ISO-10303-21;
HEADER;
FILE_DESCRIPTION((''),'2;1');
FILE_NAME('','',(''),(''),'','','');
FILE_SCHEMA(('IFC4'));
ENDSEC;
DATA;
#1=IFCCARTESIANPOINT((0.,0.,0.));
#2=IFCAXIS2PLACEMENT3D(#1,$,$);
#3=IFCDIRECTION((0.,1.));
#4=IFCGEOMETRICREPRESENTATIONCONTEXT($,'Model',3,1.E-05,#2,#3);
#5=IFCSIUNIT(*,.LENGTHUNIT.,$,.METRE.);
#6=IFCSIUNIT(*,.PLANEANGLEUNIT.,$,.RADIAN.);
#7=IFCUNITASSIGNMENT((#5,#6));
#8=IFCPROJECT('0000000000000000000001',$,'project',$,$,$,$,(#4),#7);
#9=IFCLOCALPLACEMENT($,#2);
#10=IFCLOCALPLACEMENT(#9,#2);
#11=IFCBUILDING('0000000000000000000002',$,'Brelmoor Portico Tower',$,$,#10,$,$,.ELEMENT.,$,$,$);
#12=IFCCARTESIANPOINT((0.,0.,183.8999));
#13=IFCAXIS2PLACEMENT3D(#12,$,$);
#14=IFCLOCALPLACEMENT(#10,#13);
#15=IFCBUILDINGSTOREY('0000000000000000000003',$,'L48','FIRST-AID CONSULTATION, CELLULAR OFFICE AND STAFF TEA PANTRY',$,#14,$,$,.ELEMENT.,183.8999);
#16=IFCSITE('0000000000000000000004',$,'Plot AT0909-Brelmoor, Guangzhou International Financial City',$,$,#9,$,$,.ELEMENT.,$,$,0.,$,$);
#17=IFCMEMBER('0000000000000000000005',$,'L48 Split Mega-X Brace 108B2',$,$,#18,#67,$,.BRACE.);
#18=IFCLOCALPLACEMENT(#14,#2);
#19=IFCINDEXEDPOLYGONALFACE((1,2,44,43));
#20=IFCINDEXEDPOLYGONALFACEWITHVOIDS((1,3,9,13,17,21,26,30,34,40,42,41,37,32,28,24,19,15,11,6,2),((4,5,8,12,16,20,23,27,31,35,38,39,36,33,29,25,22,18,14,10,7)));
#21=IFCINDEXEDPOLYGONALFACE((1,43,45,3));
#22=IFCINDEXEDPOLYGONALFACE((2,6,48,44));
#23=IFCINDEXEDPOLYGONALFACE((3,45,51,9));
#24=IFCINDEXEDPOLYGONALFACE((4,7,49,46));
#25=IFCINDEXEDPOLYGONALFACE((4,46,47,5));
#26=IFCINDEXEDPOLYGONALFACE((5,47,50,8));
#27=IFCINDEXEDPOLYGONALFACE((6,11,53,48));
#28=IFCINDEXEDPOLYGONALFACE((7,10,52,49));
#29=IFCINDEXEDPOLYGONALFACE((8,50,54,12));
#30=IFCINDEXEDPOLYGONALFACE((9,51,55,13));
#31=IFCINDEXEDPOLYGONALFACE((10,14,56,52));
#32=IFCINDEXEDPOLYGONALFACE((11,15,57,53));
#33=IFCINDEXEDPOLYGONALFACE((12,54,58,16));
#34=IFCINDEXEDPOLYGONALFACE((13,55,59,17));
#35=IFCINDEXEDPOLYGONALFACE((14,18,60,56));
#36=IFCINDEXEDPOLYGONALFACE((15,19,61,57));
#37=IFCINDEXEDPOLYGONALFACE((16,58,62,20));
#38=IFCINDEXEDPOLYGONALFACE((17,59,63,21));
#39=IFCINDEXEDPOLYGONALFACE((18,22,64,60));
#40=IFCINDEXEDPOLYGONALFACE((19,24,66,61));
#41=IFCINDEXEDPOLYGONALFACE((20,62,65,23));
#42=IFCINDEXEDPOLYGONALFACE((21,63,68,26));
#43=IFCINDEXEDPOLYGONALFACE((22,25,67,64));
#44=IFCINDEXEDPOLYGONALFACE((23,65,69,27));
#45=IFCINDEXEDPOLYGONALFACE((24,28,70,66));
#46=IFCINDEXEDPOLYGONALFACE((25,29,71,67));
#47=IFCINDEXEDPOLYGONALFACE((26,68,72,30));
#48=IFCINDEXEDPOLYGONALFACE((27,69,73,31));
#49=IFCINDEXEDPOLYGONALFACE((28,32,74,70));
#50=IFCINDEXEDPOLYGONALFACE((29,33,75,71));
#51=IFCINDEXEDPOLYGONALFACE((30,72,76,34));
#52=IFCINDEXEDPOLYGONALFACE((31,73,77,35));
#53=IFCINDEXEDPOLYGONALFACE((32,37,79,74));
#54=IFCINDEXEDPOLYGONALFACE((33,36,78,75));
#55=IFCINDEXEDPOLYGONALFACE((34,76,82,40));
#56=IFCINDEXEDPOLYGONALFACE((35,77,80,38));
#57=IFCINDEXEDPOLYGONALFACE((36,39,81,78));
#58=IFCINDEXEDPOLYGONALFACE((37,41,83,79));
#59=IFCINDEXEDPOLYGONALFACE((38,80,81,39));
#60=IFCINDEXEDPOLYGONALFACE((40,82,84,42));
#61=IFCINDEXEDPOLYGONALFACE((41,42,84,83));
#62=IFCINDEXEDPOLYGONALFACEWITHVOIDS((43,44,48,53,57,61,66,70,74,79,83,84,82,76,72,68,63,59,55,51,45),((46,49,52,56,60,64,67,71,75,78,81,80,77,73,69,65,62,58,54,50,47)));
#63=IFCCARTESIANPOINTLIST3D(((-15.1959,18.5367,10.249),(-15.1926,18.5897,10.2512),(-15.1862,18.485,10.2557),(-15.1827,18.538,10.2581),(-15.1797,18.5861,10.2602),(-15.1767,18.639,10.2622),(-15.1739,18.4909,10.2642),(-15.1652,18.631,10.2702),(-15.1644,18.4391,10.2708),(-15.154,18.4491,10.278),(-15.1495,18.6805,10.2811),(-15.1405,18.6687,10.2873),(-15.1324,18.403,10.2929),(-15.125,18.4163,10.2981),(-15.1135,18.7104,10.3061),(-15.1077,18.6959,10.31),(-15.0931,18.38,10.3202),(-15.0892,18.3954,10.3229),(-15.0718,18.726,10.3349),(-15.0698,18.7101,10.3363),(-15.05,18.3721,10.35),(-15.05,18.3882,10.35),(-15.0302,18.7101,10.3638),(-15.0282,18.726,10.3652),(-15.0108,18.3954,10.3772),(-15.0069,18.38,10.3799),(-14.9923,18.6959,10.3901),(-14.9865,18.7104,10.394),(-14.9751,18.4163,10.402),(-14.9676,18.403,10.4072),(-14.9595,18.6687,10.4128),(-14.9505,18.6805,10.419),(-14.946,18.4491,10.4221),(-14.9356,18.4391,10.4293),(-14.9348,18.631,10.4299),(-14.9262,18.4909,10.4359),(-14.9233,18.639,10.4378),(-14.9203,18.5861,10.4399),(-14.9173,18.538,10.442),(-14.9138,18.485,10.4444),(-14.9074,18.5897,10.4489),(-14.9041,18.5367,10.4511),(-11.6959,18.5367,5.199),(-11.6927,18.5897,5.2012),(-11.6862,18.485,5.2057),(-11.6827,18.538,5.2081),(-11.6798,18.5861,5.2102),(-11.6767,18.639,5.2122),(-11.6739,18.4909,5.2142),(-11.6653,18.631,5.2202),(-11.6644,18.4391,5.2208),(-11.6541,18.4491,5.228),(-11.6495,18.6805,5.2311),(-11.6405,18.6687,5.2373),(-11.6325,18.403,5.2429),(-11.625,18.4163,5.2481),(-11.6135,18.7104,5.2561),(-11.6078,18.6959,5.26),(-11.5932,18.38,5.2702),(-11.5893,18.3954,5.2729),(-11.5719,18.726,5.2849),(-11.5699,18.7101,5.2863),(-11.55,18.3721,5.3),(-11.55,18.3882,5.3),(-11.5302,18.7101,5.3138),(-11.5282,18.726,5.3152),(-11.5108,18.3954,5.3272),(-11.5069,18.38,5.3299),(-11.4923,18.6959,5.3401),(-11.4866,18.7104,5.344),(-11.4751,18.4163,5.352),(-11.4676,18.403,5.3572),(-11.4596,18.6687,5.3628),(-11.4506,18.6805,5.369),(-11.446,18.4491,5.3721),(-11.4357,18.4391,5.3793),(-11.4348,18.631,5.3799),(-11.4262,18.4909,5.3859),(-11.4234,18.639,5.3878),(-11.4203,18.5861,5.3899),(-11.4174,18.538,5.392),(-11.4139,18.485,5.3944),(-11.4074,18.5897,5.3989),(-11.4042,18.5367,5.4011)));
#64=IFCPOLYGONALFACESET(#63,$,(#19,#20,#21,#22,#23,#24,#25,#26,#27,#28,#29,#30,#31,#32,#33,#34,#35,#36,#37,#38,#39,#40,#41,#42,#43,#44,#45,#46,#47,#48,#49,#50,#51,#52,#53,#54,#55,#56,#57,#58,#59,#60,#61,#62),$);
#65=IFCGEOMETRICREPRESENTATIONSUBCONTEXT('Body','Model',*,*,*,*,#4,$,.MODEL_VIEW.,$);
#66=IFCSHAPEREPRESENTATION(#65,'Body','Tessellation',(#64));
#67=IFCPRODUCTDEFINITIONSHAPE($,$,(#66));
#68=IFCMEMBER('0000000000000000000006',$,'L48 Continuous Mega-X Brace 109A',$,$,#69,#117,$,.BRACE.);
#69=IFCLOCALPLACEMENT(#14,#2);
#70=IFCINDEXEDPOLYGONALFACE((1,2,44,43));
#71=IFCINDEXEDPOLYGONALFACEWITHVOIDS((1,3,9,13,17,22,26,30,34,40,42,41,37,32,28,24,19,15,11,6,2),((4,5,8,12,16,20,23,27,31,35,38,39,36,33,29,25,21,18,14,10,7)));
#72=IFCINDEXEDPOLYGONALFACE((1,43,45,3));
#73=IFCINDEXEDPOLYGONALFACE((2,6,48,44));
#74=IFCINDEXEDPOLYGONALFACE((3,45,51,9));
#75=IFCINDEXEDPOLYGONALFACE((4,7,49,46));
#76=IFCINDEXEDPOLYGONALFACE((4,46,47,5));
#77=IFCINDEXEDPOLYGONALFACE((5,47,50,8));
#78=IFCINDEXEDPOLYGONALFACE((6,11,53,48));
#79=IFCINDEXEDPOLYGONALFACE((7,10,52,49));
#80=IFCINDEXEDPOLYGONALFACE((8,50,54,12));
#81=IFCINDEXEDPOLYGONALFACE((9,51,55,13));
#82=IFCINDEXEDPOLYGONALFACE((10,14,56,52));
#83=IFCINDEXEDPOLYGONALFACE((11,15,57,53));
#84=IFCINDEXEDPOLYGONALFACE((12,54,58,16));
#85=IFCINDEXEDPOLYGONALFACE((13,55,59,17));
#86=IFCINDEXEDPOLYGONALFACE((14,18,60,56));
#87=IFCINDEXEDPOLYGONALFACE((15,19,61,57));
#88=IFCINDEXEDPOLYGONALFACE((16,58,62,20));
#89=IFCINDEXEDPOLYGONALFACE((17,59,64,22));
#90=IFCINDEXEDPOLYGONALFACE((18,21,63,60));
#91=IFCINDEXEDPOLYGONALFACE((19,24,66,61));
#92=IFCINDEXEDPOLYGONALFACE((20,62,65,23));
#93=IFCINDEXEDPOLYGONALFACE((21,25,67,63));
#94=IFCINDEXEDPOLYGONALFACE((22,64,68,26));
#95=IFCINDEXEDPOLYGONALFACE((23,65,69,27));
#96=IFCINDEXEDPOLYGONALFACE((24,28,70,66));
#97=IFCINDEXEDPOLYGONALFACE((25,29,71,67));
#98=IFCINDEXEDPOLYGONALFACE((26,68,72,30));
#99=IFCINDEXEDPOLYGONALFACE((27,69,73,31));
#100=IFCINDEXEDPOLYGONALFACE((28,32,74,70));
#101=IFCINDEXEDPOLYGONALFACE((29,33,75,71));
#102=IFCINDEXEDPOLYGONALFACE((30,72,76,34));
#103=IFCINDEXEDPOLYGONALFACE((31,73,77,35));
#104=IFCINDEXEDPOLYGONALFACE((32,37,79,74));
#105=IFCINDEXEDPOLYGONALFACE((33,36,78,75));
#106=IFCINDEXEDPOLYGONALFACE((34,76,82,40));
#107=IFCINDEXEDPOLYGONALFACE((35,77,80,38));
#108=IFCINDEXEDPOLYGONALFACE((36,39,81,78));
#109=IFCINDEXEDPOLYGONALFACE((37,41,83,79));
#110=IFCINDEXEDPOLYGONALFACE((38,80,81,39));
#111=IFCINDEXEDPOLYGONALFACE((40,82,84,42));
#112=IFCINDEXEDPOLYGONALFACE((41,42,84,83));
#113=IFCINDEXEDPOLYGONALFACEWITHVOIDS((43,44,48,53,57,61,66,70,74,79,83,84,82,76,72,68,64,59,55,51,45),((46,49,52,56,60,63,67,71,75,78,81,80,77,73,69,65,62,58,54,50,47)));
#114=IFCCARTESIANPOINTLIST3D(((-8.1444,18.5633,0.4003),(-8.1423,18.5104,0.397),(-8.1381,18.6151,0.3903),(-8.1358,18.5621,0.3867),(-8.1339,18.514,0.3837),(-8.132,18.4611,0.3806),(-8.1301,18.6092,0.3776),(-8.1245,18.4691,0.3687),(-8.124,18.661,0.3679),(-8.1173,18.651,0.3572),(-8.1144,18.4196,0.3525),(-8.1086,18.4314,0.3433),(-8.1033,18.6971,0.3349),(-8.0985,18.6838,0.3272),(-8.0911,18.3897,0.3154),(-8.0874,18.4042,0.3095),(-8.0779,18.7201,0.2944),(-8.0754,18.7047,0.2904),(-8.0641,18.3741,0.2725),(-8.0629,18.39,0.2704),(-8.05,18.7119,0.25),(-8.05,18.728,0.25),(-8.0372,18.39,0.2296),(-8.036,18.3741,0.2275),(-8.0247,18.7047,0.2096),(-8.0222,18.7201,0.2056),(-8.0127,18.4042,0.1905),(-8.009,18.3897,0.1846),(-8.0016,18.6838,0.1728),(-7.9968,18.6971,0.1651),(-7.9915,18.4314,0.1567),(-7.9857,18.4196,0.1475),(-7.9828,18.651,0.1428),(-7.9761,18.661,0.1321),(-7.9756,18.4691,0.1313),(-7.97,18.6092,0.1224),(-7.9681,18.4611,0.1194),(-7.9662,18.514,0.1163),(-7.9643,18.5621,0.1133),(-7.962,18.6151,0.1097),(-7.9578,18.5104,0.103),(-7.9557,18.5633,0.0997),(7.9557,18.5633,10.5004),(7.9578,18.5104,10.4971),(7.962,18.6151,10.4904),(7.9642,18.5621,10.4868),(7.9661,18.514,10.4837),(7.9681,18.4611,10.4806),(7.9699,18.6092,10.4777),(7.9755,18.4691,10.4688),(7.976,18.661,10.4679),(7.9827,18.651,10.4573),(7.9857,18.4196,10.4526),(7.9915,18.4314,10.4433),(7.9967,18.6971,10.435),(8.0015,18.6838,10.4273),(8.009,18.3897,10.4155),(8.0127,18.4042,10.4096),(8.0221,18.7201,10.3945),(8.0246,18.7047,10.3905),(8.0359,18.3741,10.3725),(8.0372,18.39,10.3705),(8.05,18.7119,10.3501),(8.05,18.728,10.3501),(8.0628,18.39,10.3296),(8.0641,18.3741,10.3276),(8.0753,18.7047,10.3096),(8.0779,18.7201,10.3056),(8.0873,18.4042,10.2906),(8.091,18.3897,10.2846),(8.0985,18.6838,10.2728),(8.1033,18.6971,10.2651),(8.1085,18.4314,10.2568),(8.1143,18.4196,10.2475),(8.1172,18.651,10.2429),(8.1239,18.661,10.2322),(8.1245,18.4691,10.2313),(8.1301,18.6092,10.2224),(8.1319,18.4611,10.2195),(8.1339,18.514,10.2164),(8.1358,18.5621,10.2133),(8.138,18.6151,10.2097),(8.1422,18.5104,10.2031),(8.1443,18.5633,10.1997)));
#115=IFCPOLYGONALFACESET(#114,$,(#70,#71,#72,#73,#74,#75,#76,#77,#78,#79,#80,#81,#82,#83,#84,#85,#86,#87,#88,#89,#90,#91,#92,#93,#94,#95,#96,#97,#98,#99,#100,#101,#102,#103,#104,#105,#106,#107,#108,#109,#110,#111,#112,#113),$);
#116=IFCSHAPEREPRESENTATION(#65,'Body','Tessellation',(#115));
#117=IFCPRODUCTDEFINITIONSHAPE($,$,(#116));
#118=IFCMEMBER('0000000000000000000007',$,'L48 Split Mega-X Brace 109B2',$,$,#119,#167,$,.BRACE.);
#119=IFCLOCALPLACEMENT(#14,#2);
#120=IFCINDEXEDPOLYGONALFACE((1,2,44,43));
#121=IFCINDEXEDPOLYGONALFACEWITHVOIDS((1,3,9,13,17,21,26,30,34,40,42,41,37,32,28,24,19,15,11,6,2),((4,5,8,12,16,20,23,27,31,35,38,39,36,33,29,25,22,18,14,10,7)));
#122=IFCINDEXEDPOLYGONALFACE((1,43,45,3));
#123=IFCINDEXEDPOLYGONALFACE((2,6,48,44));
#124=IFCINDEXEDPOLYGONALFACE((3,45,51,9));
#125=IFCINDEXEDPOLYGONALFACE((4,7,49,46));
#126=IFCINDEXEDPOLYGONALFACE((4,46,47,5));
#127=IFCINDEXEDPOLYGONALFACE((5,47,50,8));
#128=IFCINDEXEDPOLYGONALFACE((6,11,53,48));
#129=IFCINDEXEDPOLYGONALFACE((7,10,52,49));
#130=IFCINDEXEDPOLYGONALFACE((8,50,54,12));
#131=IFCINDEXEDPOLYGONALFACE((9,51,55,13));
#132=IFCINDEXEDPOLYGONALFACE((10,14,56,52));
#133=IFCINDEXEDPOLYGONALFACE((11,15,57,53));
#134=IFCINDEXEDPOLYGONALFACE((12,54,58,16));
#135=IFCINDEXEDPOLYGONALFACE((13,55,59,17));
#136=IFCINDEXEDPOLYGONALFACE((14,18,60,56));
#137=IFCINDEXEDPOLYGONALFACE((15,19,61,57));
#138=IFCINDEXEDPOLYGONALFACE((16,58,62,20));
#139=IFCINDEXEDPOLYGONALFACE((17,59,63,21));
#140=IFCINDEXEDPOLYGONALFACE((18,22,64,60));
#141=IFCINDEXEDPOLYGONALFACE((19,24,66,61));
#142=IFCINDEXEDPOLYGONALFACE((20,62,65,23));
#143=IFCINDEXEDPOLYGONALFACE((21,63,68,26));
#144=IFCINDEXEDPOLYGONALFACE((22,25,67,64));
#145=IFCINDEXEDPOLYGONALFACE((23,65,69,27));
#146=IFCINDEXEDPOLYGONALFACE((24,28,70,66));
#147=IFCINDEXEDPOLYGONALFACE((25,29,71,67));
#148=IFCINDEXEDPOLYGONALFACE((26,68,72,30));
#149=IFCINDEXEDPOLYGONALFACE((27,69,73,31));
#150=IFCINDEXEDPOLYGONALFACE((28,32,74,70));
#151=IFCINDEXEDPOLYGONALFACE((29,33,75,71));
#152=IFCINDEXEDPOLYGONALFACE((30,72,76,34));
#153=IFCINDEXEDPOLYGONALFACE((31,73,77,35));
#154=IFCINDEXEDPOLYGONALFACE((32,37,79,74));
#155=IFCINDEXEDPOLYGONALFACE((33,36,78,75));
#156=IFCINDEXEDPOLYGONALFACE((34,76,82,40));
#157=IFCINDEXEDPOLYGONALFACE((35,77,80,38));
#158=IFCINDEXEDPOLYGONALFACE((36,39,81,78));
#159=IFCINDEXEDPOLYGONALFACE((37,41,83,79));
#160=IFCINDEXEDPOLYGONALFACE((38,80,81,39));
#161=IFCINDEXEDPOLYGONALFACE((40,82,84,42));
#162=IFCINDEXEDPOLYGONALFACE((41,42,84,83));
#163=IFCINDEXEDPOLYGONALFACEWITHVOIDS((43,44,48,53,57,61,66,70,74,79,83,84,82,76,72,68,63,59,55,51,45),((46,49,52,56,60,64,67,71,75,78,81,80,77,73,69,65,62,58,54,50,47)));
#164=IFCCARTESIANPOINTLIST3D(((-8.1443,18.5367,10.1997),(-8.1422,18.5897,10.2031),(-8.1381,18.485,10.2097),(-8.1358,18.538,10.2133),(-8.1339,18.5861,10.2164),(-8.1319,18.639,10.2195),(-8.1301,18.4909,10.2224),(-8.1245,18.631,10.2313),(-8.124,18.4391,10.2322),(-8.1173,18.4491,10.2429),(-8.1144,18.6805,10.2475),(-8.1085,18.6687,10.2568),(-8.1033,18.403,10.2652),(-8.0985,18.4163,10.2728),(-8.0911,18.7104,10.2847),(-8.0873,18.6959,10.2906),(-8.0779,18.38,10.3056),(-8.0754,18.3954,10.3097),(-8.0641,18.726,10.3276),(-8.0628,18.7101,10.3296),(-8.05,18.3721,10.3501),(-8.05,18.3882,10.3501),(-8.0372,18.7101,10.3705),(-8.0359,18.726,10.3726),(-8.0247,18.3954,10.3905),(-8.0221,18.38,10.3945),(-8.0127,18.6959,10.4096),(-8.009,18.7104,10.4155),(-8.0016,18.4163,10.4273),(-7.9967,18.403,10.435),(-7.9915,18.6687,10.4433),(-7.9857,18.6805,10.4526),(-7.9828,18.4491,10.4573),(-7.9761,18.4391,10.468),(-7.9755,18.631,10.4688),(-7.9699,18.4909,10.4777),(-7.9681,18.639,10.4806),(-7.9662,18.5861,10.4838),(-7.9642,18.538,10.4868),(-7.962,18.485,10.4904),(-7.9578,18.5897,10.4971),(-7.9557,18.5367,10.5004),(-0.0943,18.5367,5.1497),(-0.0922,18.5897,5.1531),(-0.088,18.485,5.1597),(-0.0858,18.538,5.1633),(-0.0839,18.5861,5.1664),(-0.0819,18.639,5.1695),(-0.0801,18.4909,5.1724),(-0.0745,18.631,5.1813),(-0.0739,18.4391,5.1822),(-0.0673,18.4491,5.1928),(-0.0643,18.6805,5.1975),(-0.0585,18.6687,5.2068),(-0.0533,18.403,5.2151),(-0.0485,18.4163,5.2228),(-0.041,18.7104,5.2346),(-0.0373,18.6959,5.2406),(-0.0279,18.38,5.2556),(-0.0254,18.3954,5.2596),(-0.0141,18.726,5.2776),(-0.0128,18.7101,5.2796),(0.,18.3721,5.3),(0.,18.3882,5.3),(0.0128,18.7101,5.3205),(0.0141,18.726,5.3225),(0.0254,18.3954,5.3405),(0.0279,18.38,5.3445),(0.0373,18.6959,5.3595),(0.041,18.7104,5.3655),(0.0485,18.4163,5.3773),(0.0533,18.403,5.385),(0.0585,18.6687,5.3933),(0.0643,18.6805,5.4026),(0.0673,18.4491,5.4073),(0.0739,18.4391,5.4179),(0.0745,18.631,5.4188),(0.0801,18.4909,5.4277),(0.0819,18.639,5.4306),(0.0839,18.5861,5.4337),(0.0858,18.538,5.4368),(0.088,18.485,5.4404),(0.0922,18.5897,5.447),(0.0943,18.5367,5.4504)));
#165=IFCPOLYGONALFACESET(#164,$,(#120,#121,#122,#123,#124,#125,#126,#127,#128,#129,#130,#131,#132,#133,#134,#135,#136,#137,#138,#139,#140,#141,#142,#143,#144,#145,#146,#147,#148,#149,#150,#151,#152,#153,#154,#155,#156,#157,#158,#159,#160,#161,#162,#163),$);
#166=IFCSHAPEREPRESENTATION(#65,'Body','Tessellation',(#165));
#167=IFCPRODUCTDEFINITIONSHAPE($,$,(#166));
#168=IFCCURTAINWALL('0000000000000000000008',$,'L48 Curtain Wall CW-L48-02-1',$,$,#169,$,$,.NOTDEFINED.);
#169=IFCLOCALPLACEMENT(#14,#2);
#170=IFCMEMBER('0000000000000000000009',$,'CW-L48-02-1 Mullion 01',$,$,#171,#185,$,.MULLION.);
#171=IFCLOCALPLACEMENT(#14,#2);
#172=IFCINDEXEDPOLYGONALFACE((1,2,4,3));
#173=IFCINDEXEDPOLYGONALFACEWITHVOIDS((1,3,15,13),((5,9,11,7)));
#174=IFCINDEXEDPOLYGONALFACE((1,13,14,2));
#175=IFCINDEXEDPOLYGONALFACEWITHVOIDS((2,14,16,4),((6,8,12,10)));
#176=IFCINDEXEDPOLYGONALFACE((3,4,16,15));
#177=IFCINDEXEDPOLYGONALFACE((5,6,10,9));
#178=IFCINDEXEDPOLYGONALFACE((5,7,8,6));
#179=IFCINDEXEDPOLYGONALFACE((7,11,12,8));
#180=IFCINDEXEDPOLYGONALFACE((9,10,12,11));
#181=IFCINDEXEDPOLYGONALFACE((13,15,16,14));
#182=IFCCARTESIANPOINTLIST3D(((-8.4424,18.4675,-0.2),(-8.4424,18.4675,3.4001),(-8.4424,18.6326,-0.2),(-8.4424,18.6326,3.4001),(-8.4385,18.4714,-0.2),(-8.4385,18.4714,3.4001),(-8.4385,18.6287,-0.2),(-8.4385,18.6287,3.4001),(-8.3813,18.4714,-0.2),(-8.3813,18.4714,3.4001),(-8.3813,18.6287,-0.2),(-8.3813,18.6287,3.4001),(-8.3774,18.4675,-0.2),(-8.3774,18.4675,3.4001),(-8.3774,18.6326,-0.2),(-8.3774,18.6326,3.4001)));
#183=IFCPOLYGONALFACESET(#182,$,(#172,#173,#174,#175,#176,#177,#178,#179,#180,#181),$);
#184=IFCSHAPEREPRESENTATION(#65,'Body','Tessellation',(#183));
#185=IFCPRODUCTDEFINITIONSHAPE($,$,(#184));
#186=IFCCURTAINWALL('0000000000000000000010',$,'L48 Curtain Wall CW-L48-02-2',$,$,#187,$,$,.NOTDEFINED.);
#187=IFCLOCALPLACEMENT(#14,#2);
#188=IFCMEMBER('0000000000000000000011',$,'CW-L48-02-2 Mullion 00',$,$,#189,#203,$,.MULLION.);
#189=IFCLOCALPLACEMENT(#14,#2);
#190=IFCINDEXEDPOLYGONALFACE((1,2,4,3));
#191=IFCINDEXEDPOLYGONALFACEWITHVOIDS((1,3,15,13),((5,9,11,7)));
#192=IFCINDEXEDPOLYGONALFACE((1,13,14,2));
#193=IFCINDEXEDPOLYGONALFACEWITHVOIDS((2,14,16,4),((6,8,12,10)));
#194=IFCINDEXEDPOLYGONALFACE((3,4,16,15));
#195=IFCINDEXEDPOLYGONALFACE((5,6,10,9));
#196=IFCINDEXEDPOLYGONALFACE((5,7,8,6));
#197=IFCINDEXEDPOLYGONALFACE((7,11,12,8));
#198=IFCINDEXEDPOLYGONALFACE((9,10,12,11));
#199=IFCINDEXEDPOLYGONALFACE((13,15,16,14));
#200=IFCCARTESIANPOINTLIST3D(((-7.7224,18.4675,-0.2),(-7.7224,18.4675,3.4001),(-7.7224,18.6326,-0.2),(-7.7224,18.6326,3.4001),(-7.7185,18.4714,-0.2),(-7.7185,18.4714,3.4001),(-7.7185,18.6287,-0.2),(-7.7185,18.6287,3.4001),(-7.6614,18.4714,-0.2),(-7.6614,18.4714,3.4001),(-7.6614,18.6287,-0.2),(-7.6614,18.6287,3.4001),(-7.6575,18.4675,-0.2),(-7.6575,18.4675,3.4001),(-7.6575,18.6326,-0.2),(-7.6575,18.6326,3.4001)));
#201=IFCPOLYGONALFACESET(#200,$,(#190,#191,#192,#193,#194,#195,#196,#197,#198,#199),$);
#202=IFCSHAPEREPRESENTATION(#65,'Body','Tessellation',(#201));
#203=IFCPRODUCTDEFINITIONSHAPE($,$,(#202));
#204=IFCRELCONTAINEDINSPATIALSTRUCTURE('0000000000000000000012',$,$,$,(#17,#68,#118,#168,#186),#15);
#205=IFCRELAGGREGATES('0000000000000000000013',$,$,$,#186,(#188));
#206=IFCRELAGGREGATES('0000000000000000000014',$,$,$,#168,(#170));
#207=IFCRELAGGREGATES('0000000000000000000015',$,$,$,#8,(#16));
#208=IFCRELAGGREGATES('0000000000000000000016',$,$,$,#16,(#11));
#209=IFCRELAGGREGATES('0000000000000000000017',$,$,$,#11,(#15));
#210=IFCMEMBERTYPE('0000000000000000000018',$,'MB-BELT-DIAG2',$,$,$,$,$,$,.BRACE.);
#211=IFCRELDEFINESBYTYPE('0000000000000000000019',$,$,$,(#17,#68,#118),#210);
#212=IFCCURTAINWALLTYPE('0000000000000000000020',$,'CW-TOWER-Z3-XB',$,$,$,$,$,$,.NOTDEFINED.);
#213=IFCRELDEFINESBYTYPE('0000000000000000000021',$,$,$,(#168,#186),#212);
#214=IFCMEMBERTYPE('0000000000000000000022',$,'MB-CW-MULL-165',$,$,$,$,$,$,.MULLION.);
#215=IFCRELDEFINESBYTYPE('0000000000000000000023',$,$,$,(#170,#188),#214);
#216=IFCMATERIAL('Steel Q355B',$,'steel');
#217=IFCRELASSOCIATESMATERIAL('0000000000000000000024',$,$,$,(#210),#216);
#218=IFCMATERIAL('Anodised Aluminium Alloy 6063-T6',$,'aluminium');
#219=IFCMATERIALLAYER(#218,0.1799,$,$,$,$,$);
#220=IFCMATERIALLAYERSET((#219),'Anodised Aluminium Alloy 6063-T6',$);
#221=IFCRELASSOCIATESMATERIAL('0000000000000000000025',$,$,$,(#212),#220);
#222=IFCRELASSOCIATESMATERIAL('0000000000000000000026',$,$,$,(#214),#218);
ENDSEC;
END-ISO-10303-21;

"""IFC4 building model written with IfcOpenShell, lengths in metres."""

from ifc_helpers import new_model, si_unit, direction, frame, origin, origin_2d, place, context, subcontext, project, spatial, hollow_rectangle, hollow_circle, extrude, material, layer, layer_set, material_profile, profile_set, type_object, element, aggregate, save


model = new_model("IFC4")

# Units and contexts
model_context = context("Model", 3, precision=1e-05, world=origin(), true_north=direction((0.0, 1.0)))
body_context = subcontext(model_context, "Body", "Model", "MODEL_VIEW")
ifc_project = project(units=[si_unit("LENGTHUNIT", "METRE"), si_unit("PLANEANGLEUNIT", "RADIAN")], contexts=[model_context])

# Site, building, storey
site_placement = place(None, origin())
site = spatial("IfcSite", under=ifc_project, at=site_placement, Name="Plot AT0909-Brelmoor, Guangzhou International Financial City", CompositionType="ELEMENT", RefElevation=0.0)
building_placement = place(site_placement, origin())
building = spatial("IfcBuilding", under=site, at=building_placement, Name="Brelmoor Portico Tower", CompositionType="ELEMENT")
storey_placement = place(building_placement, frame((0.0, 0.0, 183.8999)))
storey = spatial("IfcBuildingStorey", under=building, at=storey_placement, Name="L48", Description="FIRST-AID CONSULTATION, CELLULAR OFFICE AND STAFF TEA PANTRY", CompositionType="ELEMENT", Elevation=183.8999)

# Shared definitions
ifc_material_1 = material(Name="Steel Q355B", Category="steel")

# Members
ifc_material_profile_1 = material_profile(ifc_material_1, hollow_circle(Radius=0.178, WallThickness=0.0161, at=origin_2d()), Name="CHS 356x16")
ifc_profile_set_1 = profile_set([ifc_material_profile_1], Name="Steel Q355B")
member_type_1 = type_object("IfcMemberType", Name="MB-BELT-DIAG2", PredefinedType="BRACE", material=ifc_profile_set_1)
for number, where, z_axis, x_axis, name in (
    (1, (-11.55, 18.55, 5.3), (-0.569629, 0.0, 0.821902), (0.0, -1.0, 0.0), "L48 Split Mega-X Brace 108B2"),
):
    element("IfcMember", number, at=place(storey_placement, frame(where, z_axis=z_axis, x_axis=x_axis)), inside=storey, type_object=member_type_1, Name=name, PredefinedType="BRACE", context=body_context, shape_type="SweptSolid", body=[
        extrude(hollow_circle(Radius=0.178, WallThickness=0.0161, at=origin_2d()), origin(), (0.0, 0.0, 1.0), 6.1443),
    ])
member_1_placement = place(storey_placement, frame((-8.05, 18.55, 0.25), z_axis=(0.847109, 0.0, 0.531418), x_axis=(0.0, 1.0, 0.0)))
element("IfcMember", 2, at=member_1_placement, inside=storey, type_object=member_type_1, Name="L48 Continuous Mega-X Brace 109A", PredefinedType="BRACE", context=body_context, shape_type="SweptSolid", body=[
    extrude(hollow_circle(Radius=0.178, WallThickness=0.0161, at=origin_2d()), origin(), (0.0, 0.0, 1.0), 19.0059),
])
member_2_placement = place(storey_placement, frame((0.0, 18.55, 5.3), z_axis=(-0.847109, 0.0, 0.531418), x_axis=(0.0, -1.0, 0.0)))
element("IfcMember", 3, at=member_2_placement, inside=storey, type_object=member_type_1, Name="L48 Split Mega-X Brace 109B2", PredefinedType="BRACE", context=body_context, shape_type="SweptSolid", body=[
    extrude(hollow_circle(Radius=0.178, WallThickness=0.0161, at=origin_2d()), origin(), (0.0, 0.0, 1.0), 9.5029),
])

# Curtain wall, member
ifc_material_2 = material(Name="Anodised Aluminium Alloy 6063-T6", Category="aluminium")
ifc_layer_1 = layer(ifc_material_2, 0.1799)
ifc_layer_set_1 = layer_set([ifc_layer_1], Name="Anodised Aluminium Alloy 6063-T6")
curtain_wall_type = type_object("IfcCurtainWallType", Name="CW-TOWER-Z3-XB", PredefinedType="NOTDEFINED", material=ifc_layer_set_1)
curtain_wall_1_placement = place(storey_placement, origin())
curtain_wall_1 = element("IfcCurtainWall", 4, at=curtain_wall_1_placement, inside=storey, type_object=curtain_wall_type, Name="L48 Curtain Wall CW-L48-02-1", PredefinedType="NOTDEFINED")
ifc_material_profile_2 = material_profile(ifc_material_2, hollow_rectangle(XDim=0.0649, YDim=0.165, WallThickness=0.0039, at=origin_2d()), Name="ALU MULLION 65x165")
ifc_profile_set_2 = profile_set([ifc_material_profile_2], Name="Anodised Aluminium Alloy 6063-T6")
member_type_2 = type_object("IfcMemberType", Name="MB-CW-MULL-165", PredefinedType="MULLION", material=ifc_profile_set_2)
member_3_placement = place(storey_placement, frame((-8.4099, 18.55, -0.2), z_axis=(0.0, 0.0, 1.0), x_axis=(1.0, 0.0, 0.0)))
member_3 = element("IfcMember", 5, at=member_3_placement, type_object=member_type_2, Name="CW-L48-02-1 Mullion 01", PredefinedType="MULLION", context=body_context, shape_type="SweptSolid", body=[
    extrude(hollow_rectangle(XDim=0.0649, YDim=0.165, WallThickness=0.0039, at=origin_2d()), origin(), (0.0, 0.0, 1.0), 3.6001),
])

# Curtain wall, member
curtain_wall_2_placement = place(storey_placement, origin())
curtain_wall_2 = element("IfcCurtainWall", 6, at=curtain_wall_2_placement, inside=storey, type_object=curtain_wall_type, Name="L48 Curtain Wall CW-L48-02-2", PredefinedType="NOTDEFINED")
member_4_placement = place(storey_placement, frame((-7.6899, 18.55, -0.2), z_axis=(0.0, 0.0, 1.0), x_axis=(1.0, 0.0, 0.0)))
member_4 = element("IfcMember", 7, at=member_4_placement, type_object=member_type_2, Name="CW-L48-02-2 Mullion 00", PredefinedType="MULLION", context=body_context, shape_type="SweptSolid", body=[
    extrude(hollow_rectangle(XDim=0.0649, YDim=0.165, WallThickness=0.0039, at=origin_2d()), origin(), (0.0, 0.0, 1.0), 3.6001),
])
aggregate(curtain_wall_2, [member_4])

aggregate(curtain_wall_1, [member_3])

save(model, "model.ifc")
